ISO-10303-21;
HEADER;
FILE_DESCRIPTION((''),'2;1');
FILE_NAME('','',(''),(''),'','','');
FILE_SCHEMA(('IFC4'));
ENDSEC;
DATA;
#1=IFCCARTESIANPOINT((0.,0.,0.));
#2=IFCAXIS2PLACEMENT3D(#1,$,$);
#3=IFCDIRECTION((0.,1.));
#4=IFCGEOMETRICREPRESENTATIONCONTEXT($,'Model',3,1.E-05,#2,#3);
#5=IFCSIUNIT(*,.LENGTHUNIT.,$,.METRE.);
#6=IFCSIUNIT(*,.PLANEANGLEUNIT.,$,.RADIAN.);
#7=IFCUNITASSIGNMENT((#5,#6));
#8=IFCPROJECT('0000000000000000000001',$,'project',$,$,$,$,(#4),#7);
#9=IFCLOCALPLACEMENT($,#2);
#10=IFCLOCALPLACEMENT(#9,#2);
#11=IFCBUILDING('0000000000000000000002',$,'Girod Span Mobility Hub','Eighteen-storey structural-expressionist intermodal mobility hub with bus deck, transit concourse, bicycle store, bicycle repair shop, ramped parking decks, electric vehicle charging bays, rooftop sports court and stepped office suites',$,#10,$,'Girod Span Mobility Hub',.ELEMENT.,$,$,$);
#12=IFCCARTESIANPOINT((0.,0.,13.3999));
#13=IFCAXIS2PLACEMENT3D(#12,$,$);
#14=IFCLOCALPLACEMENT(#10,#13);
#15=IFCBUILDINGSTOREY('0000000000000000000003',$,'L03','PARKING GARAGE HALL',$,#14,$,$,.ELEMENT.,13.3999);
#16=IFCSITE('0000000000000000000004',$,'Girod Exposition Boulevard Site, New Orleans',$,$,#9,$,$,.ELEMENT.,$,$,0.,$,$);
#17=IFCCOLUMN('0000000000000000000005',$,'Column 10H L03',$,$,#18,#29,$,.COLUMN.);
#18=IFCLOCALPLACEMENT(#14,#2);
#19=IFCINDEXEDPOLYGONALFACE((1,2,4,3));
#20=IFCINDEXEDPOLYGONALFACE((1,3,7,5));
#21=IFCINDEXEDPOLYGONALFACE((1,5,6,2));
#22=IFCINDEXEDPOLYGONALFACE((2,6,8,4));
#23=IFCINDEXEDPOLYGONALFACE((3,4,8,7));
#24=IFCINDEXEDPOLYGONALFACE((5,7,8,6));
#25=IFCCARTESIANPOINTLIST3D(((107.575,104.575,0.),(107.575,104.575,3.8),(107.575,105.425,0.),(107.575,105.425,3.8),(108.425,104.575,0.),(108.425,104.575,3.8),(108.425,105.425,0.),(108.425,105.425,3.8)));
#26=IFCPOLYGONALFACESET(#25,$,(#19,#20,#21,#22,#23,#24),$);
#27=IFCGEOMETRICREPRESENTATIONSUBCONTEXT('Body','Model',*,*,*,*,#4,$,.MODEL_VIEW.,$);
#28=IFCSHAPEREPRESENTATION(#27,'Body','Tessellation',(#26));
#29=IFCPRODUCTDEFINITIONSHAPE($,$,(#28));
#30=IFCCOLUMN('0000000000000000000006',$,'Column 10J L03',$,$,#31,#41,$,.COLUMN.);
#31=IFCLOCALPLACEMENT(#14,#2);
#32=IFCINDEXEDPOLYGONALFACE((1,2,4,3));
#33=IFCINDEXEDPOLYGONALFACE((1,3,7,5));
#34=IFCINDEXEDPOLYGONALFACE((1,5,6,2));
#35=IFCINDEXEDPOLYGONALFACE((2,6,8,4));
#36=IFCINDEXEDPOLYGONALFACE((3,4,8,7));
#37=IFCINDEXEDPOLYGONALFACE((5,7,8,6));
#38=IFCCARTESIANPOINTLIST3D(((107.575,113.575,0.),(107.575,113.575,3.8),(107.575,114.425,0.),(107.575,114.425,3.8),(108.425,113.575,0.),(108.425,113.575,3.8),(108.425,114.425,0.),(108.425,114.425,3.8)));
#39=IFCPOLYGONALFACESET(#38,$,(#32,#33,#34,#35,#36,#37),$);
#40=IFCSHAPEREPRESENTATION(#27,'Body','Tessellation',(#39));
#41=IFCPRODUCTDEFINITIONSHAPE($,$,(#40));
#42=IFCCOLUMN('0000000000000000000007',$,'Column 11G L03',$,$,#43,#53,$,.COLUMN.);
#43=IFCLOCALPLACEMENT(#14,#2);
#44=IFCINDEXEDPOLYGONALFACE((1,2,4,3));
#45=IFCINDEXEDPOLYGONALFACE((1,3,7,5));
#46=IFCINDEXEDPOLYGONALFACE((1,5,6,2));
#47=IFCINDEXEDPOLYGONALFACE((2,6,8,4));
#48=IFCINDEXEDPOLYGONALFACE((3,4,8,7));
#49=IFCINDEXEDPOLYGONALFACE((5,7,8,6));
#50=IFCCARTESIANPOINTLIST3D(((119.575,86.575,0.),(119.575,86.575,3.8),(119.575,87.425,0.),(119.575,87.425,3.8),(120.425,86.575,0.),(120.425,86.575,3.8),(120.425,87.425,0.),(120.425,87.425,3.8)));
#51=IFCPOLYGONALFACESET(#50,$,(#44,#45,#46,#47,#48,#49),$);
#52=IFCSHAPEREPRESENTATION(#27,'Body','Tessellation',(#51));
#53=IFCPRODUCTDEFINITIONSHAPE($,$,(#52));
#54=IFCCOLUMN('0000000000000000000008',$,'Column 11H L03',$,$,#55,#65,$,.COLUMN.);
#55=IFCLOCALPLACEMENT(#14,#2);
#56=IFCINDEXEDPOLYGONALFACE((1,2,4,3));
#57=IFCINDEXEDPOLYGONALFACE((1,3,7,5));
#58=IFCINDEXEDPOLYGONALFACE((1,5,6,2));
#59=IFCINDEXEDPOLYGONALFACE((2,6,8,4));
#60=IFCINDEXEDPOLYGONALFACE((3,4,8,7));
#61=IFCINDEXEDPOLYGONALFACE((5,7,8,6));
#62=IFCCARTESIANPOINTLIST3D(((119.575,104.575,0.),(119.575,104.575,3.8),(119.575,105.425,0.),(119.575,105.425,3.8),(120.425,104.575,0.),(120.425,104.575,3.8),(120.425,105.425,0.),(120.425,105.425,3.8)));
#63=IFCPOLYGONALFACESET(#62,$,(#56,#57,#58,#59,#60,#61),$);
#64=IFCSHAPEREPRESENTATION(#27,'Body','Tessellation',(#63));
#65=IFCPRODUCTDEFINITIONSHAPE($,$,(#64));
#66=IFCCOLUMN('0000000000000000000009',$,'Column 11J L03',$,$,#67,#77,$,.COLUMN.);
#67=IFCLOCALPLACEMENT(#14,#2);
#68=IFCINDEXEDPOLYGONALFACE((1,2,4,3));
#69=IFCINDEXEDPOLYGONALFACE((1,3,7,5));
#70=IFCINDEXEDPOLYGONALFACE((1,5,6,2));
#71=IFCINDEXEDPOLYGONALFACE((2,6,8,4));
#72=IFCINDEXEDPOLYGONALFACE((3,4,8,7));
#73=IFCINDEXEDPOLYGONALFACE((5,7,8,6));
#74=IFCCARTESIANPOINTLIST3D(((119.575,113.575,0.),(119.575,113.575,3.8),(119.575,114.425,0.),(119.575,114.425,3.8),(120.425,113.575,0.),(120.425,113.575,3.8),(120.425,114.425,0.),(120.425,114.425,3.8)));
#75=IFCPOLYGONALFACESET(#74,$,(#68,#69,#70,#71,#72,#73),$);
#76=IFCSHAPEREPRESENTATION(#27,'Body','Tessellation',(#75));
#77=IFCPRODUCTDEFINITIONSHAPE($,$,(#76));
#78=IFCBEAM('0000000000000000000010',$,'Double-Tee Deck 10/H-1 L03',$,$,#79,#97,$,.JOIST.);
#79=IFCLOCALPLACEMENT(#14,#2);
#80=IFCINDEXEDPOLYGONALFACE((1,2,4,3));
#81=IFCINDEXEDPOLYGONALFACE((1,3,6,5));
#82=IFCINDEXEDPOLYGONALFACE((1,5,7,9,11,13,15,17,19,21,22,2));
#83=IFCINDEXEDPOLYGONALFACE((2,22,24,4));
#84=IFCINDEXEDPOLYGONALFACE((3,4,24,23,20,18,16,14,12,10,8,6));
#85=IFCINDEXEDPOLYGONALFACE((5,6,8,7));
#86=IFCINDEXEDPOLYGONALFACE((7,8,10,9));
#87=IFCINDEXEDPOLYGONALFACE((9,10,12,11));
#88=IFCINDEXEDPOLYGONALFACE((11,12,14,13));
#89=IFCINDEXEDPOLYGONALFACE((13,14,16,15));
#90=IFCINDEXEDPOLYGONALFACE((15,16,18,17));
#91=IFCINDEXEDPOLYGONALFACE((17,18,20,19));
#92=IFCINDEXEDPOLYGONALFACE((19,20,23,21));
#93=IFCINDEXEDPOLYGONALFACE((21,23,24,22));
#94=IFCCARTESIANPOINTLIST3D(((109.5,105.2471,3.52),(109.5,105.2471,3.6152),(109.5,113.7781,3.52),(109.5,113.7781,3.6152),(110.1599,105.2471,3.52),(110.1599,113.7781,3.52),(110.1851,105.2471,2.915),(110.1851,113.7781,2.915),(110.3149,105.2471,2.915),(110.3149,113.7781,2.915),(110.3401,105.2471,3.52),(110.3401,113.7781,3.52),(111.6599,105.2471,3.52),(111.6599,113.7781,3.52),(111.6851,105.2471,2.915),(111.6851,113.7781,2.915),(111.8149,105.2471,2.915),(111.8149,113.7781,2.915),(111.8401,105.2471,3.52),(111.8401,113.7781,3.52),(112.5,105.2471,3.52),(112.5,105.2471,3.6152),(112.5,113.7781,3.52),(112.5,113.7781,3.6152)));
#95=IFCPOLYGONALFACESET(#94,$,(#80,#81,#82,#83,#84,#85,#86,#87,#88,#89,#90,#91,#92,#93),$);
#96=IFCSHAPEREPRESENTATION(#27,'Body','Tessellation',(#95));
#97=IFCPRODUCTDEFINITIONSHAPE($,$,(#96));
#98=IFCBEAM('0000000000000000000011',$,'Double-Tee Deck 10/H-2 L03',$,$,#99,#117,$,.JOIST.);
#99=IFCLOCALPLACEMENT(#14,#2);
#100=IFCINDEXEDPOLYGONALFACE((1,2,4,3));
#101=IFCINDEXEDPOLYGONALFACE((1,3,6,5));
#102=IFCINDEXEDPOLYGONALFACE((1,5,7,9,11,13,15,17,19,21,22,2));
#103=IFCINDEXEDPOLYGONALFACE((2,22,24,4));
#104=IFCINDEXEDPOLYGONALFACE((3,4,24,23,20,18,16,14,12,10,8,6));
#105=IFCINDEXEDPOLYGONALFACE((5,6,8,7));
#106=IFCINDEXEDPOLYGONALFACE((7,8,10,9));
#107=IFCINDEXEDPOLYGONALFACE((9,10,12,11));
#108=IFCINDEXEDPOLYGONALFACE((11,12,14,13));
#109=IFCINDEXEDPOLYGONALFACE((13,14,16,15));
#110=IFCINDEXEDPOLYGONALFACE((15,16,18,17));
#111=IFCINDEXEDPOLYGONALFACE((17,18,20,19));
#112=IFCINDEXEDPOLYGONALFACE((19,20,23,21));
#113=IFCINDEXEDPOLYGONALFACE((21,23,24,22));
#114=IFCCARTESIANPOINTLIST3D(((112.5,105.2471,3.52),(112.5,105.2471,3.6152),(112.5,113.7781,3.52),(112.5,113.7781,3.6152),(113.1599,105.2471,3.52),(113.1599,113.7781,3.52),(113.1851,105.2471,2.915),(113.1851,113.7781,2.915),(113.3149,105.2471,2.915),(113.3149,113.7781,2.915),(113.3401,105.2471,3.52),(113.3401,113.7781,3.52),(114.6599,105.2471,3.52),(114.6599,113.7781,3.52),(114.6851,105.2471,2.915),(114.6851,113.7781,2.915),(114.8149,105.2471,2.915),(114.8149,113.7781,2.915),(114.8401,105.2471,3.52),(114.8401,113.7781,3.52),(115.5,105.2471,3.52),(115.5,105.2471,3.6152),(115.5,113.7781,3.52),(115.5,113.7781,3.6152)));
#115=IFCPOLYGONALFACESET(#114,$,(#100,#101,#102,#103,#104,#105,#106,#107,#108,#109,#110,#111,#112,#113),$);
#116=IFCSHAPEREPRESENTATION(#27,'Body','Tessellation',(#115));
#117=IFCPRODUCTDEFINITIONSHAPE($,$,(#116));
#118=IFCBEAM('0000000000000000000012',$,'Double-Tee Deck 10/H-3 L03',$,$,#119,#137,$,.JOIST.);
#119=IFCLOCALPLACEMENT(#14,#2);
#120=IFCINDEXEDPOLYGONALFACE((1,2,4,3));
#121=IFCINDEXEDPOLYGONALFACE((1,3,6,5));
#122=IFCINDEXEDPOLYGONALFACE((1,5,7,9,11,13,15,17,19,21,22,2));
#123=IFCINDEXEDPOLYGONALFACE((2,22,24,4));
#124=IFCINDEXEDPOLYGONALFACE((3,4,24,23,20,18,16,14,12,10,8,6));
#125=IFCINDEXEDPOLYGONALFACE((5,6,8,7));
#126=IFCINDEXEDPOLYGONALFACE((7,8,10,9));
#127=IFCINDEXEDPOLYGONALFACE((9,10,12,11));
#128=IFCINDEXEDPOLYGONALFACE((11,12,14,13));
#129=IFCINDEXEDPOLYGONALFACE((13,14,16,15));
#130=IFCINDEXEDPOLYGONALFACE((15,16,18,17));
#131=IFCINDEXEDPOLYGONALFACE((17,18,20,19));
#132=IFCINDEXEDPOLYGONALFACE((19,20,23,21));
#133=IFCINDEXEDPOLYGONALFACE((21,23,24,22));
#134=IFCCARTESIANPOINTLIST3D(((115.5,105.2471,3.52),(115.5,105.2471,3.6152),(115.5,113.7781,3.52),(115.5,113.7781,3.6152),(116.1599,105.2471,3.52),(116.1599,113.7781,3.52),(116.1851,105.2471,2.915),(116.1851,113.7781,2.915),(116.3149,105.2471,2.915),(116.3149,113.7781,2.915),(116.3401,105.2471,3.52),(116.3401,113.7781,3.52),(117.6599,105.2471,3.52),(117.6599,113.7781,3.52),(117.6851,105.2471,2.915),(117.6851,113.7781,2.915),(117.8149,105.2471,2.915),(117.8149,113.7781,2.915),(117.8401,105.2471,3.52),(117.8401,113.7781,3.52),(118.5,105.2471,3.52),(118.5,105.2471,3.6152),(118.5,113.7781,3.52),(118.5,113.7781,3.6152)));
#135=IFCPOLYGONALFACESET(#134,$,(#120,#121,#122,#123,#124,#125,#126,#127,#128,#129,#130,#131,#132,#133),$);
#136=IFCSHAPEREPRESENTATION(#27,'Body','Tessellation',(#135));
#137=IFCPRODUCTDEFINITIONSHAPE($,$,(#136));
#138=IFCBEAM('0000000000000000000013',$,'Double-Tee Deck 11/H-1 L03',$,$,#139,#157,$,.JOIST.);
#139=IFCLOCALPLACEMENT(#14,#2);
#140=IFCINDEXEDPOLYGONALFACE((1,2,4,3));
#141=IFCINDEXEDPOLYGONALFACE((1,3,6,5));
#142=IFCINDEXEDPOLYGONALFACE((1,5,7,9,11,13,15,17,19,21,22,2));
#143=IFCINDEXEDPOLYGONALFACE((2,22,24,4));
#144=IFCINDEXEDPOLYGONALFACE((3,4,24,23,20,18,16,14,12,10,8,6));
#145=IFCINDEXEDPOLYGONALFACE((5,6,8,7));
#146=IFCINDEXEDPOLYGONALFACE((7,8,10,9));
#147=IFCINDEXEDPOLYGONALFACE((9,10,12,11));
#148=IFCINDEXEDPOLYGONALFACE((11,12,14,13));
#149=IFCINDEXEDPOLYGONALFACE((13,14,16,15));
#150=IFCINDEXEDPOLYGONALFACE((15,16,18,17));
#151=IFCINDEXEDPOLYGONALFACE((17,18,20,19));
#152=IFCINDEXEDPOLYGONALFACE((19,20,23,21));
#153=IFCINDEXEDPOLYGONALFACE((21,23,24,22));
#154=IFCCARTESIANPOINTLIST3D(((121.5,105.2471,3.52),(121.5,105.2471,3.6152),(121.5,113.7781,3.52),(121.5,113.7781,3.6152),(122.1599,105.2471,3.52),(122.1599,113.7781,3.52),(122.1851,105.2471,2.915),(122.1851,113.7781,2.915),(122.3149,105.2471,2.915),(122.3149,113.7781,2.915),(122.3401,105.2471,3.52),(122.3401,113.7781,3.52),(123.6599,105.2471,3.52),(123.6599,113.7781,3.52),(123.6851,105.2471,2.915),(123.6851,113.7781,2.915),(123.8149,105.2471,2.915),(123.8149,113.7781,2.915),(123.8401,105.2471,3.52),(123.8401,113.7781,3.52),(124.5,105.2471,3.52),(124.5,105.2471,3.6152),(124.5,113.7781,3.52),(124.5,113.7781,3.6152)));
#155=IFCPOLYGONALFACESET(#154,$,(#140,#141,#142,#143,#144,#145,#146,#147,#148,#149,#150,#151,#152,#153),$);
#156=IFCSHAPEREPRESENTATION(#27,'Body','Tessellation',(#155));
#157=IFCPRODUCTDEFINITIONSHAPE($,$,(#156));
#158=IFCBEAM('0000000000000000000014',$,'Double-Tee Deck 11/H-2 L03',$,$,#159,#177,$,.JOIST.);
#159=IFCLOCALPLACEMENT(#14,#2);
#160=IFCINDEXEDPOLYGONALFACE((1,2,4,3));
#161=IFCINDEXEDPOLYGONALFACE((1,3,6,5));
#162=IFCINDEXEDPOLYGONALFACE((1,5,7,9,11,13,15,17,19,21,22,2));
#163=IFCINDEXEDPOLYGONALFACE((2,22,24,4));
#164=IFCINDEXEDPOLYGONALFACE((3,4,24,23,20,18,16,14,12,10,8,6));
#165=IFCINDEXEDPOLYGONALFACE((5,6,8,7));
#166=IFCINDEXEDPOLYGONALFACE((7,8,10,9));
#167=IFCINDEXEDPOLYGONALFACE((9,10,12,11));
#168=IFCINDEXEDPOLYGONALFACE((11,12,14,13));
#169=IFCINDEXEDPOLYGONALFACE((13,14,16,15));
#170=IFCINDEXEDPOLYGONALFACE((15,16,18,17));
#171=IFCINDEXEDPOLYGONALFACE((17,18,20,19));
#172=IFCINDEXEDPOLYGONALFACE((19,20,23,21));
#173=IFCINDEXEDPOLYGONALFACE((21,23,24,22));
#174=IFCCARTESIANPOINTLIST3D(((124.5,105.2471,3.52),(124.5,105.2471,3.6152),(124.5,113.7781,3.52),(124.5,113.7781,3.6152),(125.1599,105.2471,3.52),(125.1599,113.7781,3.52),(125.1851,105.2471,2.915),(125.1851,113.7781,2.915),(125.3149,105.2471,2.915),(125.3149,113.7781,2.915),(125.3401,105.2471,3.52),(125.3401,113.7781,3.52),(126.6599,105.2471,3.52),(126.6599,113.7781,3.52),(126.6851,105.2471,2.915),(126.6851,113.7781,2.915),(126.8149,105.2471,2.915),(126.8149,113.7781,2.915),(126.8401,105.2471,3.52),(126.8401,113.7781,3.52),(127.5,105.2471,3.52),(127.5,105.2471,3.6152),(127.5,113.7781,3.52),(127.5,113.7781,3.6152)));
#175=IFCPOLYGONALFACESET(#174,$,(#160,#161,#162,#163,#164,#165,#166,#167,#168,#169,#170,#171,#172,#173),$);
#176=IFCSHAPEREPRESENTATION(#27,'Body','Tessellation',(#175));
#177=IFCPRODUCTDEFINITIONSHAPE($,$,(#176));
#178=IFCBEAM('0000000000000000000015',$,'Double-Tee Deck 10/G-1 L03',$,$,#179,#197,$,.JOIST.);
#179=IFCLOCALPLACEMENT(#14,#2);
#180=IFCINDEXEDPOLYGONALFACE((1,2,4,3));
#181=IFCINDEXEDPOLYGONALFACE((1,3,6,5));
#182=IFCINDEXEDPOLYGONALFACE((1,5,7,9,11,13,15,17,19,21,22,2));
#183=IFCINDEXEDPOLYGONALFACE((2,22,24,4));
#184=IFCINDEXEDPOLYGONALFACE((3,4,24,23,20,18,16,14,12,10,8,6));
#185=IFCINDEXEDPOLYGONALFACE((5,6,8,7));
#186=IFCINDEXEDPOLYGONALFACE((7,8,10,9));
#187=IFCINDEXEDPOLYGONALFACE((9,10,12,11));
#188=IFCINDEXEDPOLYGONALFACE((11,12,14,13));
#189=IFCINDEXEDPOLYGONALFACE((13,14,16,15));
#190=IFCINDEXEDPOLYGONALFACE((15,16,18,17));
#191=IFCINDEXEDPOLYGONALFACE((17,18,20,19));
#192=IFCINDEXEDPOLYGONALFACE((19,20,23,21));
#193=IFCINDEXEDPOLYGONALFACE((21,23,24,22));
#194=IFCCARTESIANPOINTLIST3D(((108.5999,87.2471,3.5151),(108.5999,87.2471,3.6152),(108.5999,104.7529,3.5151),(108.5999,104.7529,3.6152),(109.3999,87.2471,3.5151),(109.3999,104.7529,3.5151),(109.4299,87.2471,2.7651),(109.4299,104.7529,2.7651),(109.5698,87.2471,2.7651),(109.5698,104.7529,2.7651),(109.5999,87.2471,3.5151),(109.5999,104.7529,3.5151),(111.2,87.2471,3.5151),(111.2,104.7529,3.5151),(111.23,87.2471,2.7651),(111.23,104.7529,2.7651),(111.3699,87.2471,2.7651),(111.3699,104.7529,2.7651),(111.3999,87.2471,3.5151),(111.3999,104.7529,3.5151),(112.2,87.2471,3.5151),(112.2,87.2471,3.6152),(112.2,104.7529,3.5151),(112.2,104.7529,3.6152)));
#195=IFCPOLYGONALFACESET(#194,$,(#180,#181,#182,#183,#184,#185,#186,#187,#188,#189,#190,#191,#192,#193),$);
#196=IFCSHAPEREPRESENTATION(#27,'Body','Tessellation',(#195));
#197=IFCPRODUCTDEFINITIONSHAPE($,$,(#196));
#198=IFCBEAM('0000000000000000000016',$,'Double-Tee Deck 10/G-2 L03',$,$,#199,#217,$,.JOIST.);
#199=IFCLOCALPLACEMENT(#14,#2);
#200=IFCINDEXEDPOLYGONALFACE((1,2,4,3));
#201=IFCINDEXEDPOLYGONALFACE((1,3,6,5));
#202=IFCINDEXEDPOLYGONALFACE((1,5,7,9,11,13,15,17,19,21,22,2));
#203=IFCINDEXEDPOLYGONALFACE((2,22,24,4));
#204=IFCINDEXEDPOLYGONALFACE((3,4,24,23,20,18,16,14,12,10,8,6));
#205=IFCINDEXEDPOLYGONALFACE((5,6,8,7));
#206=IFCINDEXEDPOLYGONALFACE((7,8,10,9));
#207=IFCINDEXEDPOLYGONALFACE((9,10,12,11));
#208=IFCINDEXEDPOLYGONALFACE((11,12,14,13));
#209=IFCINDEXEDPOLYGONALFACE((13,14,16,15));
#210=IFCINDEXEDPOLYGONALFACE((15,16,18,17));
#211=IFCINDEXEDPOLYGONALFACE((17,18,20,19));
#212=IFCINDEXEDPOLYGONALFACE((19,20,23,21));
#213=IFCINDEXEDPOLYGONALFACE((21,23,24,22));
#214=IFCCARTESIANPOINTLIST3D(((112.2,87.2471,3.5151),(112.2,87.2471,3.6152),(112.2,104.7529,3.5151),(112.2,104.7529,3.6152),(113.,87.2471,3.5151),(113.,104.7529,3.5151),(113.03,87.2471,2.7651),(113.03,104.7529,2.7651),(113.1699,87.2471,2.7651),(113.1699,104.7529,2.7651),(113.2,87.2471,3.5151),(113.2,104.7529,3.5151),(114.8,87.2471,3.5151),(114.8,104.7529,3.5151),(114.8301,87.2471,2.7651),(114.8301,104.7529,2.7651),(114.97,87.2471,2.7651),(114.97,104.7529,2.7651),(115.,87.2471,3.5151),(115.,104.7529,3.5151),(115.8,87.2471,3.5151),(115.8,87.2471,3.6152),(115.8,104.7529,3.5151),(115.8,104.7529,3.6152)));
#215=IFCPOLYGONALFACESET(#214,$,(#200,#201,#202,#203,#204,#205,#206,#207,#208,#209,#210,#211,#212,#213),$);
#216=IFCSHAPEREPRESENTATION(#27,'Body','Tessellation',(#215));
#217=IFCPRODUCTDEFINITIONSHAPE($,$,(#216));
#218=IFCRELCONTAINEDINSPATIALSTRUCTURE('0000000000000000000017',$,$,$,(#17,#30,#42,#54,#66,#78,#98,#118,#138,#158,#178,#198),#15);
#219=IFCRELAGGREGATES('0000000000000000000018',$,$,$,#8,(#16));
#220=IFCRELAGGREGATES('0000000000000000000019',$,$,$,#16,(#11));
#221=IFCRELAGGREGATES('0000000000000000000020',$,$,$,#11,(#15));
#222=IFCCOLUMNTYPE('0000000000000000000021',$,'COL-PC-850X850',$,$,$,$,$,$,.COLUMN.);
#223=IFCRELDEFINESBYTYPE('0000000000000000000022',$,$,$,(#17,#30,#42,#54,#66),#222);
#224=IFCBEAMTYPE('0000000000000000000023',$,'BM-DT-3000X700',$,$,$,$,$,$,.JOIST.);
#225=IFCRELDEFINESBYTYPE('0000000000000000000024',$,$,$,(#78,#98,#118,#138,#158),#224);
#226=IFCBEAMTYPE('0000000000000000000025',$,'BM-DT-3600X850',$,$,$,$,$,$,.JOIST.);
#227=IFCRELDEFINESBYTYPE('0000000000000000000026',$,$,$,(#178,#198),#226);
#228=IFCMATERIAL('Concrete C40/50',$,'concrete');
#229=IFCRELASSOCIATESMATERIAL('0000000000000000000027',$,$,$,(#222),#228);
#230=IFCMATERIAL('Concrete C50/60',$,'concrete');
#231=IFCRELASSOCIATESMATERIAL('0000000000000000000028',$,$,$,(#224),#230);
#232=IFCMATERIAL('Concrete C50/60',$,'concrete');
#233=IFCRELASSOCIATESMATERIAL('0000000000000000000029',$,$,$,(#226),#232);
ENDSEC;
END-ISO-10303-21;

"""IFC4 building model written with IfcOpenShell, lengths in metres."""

from ifc_helpers import new_model, si_unit, direction, frame, origin, origin_2d, place, context, subcontext, project, spatial, polyline, rectangle, outline, extrude, material, material_profile, profile_set, type_object, element, save


model = new_model("IFC4")

# Units and contexts
model_context = context("Model", 3, precision=1e-05, world=origin(), true_north=direction((0.0, 1.0)))
body_context = subcontext(model_context, "Body", "Model", "MODEL_VIEW")
ifc_project = project(units=[si_unit("LENGTHUNIT", "METRE"), si_unit("PLANEANGLEUNIT", "RADIAN")], contexts=[model_context])

# Site, building, storey
site_placement = place(None, origin())
site = spatial("IfcSite", under=ifc_project, at=site_placement, Name="Girod Exposition Boulevard Site, New Orleans", CompositionType="ELEMENT", RefElevation=0.0)
building_placement = place(site_placement, origin())
building = spatial("IfcBuilding", under=site, at=building_placement, Name="Girod Span Mobility Hub", Description="Eighteen-storey structural-expressionist intermodal mobility hub with bus deck, transit concourse, bicycle store, bicycle repair shop, ramped parking decks, electric vehicle charging bays, rooftop sports court and stepped office suites", LongName="Girod Span Mobility Hub", CompositionType="ELEMENT")
storey_placement = place(building_placement, frame((0.0, 0.0, 13.3999)))
storey = spatial("IfcBuildingStorey", under=building, at=storey_placement, Name="L03", Description="PARKING GARAGE HALL", CompositionType="ELEMENT", Elevation=13.3999)

# Columns
ifc_material_1 = material(Name="Concrete C40/50", Category="concrete")
ifc_material_profile_1 = material_profile(ifc_material_1, rectangle(XDim=0.8501, YDim=0.8501, at=origin_2d()), Name="PC-COL-850X850")
ifc_profile_set_1 = profile_set([ifc_material_profile_1], Name="Concrete C40/50")
column_type = type_object("IfcColumnType", Name="COL-PC-850X850", PredefinedType="COLUMN", material=ifc_profile_set_1)
for number, where, z_axis, x_axis, name in (
    (1, (108.0, 105.0, 0.0), (0.0, 0.0, 1.0), (1.0, 0.0, 0.0), "Column 10H L03"),
    (2, (108.0, 114.0, 0.0), (0.0, 0.0, 1.0), (1.0, 0.0, 0.0), "Column 10J L03"),
    (3, (120.0, 87.0, 0.0), (0.0, 0.0, 1.0), (1.0, 0.0, 0.0), "Column 11G L03"),
    (4, (120.0, 105.0, 0.0), (0.0, 0.0, 1.0), (1.0, 0.0, 0.0), "Column 11H L03"),
    (5, (120.0, 114.0, 0.0), (0.0, 0.0, 1.0), (1.0, 0.0, 0.0), "Column 11J L03"),
):
    element("IfcColumn", number, at=place(storey_placement, frame(where, z_axis=z_axis, x_axis=x_axis)), inside=storey, type_object=column_type, Name=name, PredefinedType="COLUMN", context=body_context, shape_type="SweptSolid", body=[
        extrude(rectangle(XDim=0.8501, YDim=0.8501, at=origin_2d()), origin(), (0.0, 0.0, 1.0), 3.8),
    ])

# Beams
ifc_material_2 = material(Name="Concrete C50/60", Category="concrete")
ifc_material_profile_2 = material_profile(ifc_material_2, outline(polyline([(-1.5, 0.3501), (-1.5, 0.2549), (-0.8401, 0.2549), (-0.8149, -0.3501), (-0.6851, -0.3501), (-0.6599, 0.2549), (0.6599, 0.2549), (0.6851, -0.3501), (0.8149, -0.3501), (0.8401, 0.2549), (1.5, 0.2549), (1.5, 0.3501), (-1.5, 0.3501)])), Name="DT-3000X700")
ifc_profile_set_2 = profile_set([ifc_material_profile_2], Name="Concrete C50/60")
beam_type_1 = type_object("IfcBeamType", Name="BM-DT-3000X700", PredefinedType="JOIST", material=ifc_profile_set_2)
for number, where, z_axis, x_axis, name in (
    (6, (111.0, 105.2471, 3.2651), (0.0, 1.0, 0.0), (-1.0, 0.0, 0.0), "Double-Tee Deck 10/H-1 L03"),
    (7, (114.0, 105.2471, 3.2651), (0.0, 1.0, 0.0), (-1.0, 0.0, 0.0), "Double-Tee Deck 10/H-2 L03"),
    (8, (117.0, 105.2471, 3.2651), (0.0, 1.0, 0.0), (-1.0, 0.0, 0.0), "Double-Tee Deck 10/H-3 L03"),
    (9, (123.0, 105.2471, 3.2651), (0.0, 1.0, 0.0), (-1.0, 0.0, 0.0), "Double-Tee Deck 11/H-1 L03"),
    (10, (126.0, 105.2471, 3.2651), (0.0, 1.0, 0.0), (-1.0, 0.0, 0.0), "Double-Tee Deck 11/H-2 L03"),
):
    element("IfcBeam", number, at=place(storey_placement, frame(where, z_axis=z_axis, x_axis=x_axis)), inside=storey, type_object=beam_type_1, Name=name, PredefinedType="JOIST", context=body_context, shape_type="SweptSolid", body=[
        extrude(outline(polyline([(-1.5, 0.3501), (-1.5, 0.2549), (-0.8401, 0.2549), (-0.8149, -0.3501), (-0.6851, -0.3501), (-0.6599, 0.2549), (0.6599, 0.2549), (0.6851, -0.3501), (0.8149, -0.3501), (0.8401, 0.2549), (1.5, 0.2549), (1.5, 0.3501), (-1.5, 0.3501)])), origin(), (0.0, 0.0, 1.0), 8.531),
    ])
ifc_material_3 = material(Name="Concrete C50/60", Category="concrete")
ifc_material_profile_3 = material_profile(ifc_material_3, outline(polyline([(-1.8, 0.425), (-1.8, 0.325), (-1.0, 0.325), (-0.97, -0.425), (-0.8301, -0.425), (-0.8, 0.325), (0.8, 0.325), (0.8301, -0.425), (0.97, -0.425), (1.0, 0.325), (1.8, 0.325), (1.8, 0.425), (-1.8, 0.425)])), Name="DT-3600X850")
ifc_profile_set_3 = profile_set([ifc_material_profile_3], Name="Concrete C50/60")
beam_type_2 = type_object("IfcBeamType", Name="BM-DT-3600X850", PredefinedType="JOIST", material=ifc_profile_set_3)
for number, where, z_axis, x_axis, name in (
    (11, (110.3999, 87.2471, 3.1902), (0.0, 1.0, 0.0), (-1.0, 0.0, 0.0), "Double-Tee Deck 10/G-1 L03"),
    (12, (114.0, 87.2471, 3.1902), (0.0, 1.0, 0.0), (-1.0, 0.0, 0.0), "Double-Tee Deck 10/G-2 L03"),
):
    element("IfcBeam", number, at=place(storey_placement, frame(where, z_axis=z_axis, x_axis=x_axis)), inside=storey, type_object=beam_type_2, Name=name, PredefinedType="JOIST", context=body_context, shape_type="SweptSolid", body=[
        extrude(outline(polyline([(-1.8, 0.425), (-1.8, 0.325), (-1.0, 0.325), (-0.97, -0.425), (-0.8301, -0.425), (-0.8, 0.325), (0.8, 0.325), (0.8301, -0.425), (0.97, -0.425), (1.0, 0.325), (1.8, 0.325), (1.8, 0.425), (-1.8, 0.425)])), origin(), (0.0, 0.0, 1.0), 17.5059),
    ])

save(model, "model.ifc")
